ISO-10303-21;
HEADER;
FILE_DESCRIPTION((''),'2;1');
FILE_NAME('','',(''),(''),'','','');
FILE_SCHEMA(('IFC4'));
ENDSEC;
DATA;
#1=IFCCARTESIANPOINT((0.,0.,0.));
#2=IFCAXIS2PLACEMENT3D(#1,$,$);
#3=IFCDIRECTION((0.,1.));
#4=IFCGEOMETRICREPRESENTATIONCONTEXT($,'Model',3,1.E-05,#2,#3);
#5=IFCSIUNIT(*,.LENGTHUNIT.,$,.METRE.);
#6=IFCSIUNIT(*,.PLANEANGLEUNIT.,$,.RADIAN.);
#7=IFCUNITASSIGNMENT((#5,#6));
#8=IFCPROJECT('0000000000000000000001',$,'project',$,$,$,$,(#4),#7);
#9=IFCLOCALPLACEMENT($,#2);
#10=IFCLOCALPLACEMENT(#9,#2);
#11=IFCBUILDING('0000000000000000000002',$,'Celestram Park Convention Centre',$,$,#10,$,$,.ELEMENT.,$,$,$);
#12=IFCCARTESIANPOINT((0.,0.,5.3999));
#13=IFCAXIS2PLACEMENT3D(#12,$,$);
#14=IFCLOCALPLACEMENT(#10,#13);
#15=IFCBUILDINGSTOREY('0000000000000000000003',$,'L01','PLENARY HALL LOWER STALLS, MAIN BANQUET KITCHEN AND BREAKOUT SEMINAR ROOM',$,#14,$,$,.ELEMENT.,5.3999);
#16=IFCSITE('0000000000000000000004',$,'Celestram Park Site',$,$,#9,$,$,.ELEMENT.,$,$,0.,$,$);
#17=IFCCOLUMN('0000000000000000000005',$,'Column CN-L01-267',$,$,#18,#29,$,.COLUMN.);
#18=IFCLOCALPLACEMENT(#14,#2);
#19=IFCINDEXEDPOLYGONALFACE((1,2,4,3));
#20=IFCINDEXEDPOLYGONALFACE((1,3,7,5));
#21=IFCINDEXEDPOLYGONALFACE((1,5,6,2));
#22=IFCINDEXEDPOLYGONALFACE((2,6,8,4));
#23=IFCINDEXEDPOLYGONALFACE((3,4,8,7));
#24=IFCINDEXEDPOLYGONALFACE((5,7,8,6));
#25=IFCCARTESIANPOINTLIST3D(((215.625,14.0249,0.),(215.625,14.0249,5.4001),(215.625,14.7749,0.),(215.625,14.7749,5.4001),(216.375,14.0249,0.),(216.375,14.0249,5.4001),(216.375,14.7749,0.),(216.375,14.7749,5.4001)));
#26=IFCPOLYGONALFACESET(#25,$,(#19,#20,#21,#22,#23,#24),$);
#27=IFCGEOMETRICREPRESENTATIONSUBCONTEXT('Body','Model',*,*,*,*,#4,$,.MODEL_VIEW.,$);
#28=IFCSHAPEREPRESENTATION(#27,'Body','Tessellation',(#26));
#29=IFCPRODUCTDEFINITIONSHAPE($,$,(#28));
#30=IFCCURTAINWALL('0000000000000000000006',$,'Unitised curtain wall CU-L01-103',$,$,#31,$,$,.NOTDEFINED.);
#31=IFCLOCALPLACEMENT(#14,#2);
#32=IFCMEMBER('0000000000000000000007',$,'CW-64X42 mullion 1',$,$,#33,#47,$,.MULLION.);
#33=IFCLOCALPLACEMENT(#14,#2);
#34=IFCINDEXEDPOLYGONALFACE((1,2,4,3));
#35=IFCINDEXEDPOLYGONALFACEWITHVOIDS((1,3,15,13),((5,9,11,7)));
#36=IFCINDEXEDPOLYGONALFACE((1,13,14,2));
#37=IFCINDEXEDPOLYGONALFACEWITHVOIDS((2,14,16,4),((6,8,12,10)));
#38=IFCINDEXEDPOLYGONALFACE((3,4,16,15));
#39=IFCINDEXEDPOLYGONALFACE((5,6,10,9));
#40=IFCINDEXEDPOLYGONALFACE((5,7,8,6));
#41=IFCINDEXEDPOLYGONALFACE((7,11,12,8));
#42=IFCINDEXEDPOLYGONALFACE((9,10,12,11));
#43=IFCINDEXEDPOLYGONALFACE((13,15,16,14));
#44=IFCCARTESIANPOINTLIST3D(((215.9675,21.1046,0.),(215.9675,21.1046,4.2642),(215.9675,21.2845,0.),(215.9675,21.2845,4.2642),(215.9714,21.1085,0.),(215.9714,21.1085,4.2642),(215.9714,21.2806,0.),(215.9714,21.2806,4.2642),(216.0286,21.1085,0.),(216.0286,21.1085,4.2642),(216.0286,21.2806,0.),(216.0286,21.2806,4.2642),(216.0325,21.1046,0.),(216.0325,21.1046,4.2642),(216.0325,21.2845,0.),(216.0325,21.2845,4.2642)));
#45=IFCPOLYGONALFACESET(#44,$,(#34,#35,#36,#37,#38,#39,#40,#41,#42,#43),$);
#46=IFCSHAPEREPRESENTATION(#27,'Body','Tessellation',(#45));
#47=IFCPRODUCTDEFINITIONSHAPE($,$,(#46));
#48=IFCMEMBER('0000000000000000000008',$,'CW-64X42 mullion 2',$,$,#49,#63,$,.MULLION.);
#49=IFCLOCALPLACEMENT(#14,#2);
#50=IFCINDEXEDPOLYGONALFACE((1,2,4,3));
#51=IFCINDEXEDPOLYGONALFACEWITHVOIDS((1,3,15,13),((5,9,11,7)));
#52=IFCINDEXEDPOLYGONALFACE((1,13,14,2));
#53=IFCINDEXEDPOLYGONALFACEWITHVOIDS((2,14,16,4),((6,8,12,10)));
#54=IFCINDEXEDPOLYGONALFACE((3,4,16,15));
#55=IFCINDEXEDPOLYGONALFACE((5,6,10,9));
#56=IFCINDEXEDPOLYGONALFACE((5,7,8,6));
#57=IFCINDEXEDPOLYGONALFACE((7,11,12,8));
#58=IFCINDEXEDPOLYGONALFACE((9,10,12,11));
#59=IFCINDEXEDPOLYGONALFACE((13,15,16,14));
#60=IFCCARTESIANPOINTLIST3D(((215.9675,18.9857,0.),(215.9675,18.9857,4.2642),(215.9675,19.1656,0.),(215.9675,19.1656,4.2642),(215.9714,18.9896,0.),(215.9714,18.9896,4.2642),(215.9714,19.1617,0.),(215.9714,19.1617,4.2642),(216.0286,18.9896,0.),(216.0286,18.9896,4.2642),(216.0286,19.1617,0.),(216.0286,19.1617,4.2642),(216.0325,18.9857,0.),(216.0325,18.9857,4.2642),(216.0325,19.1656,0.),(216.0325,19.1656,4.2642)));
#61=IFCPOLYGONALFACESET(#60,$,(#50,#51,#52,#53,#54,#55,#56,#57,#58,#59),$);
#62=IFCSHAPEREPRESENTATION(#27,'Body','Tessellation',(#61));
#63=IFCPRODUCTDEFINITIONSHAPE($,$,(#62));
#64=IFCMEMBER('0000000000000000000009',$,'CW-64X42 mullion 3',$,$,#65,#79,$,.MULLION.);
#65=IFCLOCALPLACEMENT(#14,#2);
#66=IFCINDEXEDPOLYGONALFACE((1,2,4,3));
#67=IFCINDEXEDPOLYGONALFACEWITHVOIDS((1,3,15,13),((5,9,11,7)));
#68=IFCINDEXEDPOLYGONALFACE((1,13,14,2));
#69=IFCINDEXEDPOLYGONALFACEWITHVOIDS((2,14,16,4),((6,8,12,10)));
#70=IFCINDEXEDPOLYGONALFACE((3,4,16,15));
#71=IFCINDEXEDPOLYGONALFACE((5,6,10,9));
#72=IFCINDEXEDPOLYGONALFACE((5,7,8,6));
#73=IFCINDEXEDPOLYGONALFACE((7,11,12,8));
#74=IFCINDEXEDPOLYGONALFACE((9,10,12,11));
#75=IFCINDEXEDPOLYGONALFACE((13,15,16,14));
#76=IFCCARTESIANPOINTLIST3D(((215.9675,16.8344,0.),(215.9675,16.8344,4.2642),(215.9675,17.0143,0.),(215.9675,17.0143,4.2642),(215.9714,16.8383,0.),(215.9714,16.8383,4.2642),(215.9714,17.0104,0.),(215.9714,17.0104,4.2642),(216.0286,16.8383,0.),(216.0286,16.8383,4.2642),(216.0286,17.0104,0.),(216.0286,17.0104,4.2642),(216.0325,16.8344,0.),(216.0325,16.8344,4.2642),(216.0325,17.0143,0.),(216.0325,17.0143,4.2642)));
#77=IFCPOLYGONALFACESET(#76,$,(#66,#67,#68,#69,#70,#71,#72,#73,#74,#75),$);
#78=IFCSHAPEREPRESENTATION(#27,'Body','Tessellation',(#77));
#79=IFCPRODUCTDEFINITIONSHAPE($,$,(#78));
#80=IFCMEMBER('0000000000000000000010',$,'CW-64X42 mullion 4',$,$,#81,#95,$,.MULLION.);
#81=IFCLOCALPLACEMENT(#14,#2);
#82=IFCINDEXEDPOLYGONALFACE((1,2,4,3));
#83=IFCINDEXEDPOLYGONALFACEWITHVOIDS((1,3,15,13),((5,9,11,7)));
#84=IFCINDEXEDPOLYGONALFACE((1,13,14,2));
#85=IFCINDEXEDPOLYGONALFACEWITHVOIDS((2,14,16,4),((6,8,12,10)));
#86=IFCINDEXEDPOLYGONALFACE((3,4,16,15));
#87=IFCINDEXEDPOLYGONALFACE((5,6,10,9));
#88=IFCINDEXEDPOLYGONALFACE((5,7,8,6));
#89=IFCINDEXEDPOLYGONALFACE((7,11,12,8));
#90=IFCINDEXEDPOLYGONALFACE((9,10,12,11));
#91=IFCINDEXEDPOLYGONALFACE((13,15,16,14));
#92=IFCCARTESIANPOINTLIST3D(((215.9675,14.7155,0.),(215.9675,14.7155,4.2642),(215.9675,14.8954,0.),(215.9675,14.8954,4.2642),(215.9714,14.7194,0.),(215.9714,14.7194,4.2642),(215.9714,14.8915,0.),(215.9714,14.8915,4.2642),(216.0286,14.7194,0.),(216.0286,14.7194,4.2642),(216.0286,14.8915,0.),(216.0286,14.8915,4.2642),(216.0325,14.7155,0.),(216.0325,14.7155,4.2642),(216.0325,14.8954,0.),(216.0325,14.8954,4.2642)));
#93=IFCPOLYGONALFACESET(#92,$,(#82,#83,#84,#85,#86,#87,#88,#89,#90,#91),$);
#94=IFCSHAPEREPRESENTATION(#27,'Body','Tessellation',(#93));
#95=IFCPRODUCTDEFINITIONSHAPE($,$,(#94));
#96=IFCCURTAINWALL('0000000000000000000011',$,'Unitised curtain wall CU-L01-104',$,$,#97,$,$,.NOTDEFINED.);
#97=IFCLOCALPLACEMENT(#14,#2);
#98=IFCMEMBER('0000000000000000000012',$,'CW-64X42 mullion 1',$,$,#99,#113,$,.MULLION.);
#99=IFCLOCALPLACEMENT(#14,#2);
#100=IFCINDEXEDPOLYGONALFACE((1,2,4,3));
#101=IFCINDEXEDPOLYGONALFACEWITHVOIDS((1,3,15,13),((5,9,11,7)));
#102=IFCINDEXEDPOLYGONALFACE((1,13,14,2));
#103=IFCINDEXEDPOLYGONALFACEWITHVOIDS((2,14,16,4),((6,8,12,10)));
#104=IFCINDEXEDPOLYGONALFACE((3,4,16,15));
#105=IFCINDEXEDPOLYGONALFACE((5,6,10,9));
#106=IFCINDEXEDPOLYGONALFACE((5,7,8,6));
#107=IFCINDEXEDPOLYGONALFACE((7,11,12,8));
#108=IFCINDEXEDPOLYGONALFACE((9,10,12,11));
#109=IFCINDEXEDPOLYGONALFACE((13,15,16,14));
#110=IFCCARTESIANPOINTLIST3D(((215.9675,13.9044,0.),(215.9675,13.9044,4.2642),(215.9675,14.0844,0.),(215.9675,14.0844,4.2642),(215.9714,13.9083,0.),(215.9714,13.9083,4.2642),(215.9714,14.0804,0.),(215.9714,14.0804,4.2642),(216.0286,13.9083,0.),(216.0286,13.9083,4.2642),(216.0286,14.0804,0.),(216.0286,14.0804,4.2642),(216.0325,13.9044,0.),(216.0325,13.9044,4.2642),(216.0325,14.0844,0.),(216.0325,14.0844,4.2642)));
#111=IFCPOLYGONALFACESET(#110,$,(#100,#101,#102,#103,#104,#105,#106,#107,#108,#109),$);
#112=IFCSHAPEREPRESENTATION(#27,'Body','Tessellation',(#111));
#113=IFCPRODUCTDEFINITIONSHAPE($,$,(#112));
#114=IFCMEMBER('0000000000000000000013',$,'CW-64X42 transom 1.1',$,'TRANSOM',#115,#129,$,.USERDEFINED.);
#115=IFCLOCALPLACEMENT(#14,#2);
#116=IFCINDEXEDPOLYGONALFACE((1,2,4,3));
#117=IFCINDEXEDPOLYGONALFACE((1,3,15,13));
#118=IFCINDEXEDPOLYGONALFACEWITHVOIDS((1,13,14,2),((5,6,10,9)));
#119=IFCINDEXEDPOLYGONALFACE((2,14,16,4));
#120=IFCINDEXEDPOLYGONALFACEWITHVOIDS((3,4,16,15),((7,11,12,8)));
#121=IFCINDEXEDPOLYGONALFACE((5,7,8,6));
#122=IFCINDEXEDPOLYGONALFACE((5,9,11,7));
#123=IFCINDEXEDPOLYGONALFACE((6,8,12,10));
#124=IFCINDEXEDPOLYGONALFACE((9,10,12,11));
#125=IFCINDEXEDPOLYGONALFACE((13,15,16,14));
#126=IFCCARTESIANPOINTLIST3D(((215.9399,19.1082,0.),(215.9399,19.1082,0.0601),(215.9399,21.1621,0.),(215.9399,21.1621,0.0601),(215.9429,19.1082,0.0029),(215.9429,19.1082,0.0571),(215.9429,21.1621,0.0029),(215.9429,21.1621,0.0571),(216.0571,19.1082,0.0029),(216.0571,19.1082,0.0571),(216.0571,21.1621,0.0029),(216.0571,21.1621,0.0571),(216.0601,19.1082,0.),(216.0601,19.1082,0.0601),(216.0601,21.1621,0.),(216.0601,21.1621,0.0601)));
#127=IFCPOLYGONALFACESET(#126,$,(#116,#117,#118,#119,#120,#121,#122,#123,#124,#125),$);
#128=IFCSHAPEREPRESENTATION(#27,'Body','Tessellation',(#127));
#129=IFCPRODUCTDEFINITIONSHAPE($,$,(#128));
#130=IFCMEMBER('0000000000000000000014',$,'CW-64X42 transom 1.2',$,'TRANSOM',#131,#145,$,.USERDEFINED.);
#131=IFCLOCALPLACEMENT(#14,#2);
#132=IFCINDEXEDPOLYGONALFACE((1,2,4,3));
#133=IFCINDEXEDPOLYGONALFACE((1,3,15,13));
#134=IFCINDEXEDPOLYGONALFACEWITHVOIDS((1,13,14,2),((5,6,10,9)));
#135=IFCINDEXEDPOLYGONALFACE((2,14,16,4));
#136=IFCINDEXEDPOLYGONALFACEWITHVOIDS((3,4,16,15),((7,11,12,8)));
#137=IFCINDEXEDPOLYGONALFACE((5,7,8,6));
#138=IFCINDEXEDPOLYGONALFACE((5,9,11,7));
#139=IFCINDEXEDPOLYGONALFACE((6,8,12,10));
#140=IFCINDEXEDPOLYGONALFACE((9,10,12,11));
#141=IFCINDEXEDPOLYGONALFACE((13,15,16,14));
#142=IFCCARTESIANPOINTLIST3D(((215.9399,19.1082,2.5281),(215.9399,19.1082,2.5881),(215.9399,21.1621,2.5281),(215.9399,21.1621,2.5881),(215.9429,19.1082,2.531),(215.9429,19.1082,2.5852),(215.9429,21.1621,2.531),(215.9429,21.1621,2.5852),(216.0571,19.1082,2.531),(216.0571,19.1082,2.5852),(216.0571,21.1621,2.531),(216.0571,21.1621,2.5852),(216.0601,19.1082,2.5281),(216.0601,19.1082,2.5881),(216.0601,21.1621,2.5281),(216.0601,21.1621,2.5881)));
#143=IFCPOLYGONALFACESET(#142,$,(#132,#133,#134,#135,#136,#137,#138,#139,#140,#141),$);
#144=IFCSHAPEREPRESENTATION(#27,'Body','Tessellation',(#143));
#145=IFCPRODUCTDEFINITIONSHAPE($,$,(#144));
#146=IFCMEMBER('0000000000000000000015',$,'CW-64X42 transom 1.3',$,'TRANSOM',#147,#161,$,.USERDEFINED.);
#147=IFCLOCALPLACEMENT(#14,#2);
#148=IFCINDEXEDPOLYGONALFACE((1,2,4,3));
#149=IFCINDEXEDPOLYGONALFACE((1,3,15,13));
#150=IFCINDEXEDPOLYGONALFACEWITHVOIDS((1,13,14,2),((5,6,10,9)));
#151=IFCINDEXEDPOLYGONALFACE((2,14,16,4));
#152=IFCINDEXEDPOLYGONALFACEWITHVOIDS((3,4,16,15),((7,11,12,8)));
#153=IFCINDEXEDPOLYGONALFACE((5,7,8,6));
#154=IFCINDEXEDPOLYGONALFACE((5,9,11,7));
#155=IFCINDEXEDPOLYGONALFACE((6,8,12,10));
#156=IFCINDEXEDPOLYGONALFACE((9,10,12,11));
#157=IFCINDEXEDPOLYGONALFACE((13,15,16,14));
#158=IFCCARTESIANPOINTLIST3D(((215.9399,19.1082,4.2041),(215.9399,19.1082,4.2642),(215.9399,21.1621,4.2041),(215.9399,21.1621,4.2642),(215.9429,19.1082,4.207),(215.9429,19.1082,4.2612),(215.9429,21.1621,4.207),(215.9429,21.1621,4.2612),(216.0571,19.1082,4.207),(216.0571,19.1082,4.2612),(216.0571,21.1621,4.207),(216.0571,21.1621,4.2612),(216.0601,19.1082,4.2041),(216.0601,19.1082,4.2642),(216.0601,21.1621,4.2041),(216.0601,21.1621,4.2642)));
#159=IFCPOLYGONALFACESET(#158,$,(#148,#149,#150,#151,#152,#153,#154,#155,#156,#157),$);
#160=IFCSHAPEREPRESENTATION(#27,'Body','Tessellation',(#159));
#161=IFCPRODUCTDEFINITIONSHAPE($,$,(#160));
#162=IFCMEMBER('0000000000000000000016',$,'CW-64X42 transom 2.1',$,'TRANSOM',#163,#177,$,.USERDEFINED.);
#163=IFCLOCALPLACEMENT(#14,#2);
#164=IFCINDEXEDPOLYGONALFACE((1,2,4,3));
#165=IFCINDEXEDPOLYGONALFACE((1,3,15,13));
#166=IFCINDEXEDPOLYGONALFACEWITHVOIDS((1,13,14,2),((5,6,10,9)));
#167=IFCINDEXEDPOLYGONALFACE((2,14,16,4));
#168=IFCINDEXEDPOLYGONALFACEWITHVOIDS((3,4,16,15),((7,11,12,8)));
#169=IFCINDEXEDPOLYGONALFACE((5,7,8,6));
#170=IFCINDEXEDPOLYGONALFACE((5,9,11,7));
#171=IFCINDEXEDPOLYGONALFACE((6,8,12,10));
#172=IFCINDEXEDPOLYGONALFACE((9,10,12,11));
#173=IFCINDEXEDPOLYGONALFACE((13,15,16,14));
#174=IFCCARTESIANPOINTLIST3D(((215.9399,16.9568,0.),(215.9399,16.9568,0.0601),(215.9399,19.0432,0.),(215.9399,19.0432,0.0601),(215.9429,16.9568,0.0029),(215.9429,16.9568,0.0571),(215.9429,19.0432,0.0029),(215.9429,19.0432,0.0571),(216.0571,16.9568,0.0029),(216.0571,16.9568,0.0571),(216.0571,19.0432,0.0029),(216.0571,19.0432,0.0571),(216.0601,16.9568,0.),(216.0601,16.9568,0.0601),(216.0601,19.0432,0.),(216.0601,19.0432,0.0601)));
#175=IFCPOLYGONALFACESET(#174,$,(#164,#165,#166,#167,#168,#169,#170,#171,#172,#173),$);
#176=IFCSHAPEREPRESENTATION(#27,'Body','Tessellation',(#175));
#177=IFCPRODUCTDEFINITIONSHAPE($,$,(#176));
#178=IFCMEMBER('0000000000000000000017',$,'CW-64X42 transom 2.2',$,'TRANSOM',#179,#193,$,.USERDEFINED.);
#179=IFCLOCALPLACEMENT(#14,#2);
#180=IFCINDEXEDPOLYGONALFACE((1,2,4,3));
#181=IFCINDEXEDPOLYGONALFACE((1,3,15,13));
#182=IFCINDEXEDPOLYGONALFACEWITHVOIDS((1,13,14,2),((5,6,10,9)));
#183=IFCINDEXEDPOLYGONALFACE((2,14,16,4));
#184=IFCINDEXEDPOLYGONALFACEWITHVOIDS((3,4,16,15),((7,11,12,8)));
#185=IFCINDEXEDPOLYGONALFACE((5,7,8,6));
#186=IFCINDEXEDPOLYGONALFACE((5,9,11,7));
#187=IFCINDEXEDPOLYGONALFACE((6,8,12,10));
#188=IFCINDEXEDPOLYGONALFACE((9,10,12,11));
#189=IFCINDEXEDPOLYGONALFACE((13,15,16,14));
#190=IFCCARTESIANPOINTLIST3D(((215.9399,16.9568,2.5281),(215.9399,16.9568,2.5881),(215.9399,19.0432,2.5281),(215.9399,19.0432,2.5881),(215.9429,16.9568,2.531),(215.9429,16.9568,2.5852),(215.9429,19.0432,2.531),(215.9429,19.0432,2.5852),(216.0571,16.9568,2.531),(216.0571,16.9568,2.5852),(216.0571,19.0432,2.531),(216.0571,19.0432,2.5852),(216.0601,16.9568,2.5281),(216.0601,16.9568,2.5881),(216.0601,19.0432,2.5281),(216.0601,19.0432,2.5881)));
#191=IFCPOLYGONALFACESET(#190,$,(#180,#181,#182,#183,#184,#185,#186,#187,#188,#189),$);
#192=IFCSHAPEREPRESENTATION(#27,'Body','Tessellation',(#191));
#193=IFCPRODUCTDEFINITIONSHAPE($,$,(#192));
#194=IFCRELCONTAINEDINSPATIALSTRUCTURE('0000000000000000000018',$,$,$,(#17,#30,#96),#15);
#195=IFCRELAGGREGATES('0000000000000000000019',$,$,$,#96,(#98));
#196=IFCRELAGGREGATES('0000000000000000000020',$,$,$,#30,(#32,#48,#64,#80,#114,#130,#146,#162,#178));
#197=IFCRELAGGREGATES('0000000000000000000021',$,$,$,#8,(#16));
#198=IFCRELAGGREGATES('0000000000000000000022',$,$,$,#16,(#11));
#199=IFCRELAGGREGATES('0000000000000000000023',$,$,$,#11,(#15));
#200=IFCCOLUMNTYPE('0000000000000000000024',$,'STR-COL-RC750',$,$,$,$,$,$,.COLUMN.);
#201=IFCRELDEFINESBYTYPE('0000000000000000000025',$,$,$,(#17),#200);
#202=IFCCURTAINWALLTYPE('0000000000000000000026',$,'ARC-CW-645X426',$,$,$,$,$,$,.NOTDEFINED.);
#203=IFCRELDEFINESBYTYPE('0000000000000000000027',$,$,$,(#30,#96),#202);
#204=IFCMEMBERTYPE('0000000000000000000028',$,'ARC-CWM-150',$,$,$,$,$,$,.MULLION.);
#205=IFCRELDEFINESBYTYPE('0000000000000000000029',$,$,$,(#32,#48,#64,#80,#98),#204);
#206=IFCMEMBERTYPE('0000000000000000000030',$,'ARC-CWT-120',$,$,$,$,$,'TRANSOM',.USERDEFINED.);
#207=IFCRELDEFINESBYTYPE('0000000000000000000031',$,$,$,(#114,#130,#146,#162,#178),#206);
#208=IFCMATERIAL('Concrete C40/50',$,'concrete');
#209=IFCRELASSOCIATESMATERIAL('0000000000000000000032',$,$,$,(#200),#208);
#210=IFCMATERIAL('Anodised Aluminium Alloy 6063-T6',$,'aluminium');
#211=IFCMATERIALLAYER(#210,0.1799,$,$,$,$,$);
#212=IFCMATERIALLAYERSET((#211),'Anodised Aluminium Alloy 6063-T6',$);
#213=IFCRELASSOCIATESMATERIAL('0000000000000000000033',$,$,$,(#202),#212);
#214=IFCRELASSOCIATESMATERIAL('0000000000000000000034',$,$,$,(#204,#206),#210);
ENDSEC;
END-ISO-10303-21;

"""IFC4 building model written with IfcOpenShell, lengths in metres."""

from ifc_helpers import new_model, si_unit, direction, frame, origin, origin_2d, place, context, subcontext, project, spatial, rectangle, hollow_rectangle, extrude, material, layer, layer_set, material_profile, profile_set, type_object, element, aggregate, save


model = new_model("IFC4")

# Units and contexts
model_context = context("Model", 3, precision=1e-05, world=origin(), true_north=direction((0.0, 1.0)))
body_context = subcontext(model_context, "Body", "Model", "MODEL_VIEW")
ifc_project = project(units=[si_unit("LENGTHUNIT", "METRE"), si_unit("PLANEANGLEUNIT", "RADIAN")], contexts=[model_context])

# Site, building, storey
site_placement = place(None, origin())
site = spatial("IfcSite", under=ifc_project, at=site_placement, Name="Celestram Park Site", CompositionType="ELEMENT", RefElevation=0.0)
building_placement = place(site_placement, origin())
building = spatial("IfcBuilding", under=site, at=building_placement, Name="Celestram Park Convention Centre", CompositionType="ELEMENT")
storey_placement = place(building_placement, frame((0.0, 0.0, 5.3999)))
storey = spatial("IfcBuildingStorey", under=building, at=storey_placement, Name="L01", Description="PLENARY HALL LOWER STALLS, MAIN BANQUET KITCHEN AND BREAKOUT SEMINAR ROOM", CompositionType="ELEMENT", Elevation=5.3999)

# Column
ifc_material_1 = material(Name="Concrete C40/50", Category="concrete")
ifc_material_profile_1 = material_profile(ifc_material_1, rectangle(XDim=0.75, YDim=0.75, at=origin_2d()), Name="RC750X750")
ifc_profile_set_1 = profile_set([ifc_material_profile_1], Name="Concrete C40/50")
column_type = type_object("IfcColumnType", Name="STR-COL-RC750", PredefinedType="COLUMN", material=ifc_profile_set_1)
column_placement = place(storey_placement, frame((216.0, 14.3999, 0.0), z_axis=(0.0, 0.0, 1.0), x_axis=(1.0, 0.0, 0.0)))
element("IfcColumn", 1, at=column_placement, inside=storey, type_object=column_type, Name="Column CN-L01-267", PredefinedType="COLUMN", context=body_context, shape_type="SweptSolid", body=[
    extrude(rectangle(XDim=0.75, YDim=0.75, at=origin_2d()), origin(), (0.0, 0.0, 1.0), 5.4001),
])

# Curtain wall, members
ifc_material_2 = material(Name="Anodised Aluminium Alloy 6063-T6", Category="aluminium")
ifc_layer_1 = layer(ifc_material_2, 0.1799)
ifc_layer_set_1 = layer_set([ifc_layer_1], Name="Anodised Aluminium Alloy 6063-T6")
curtain_wall_type = type_object("IfcCurtainWallType", Name="ARC-CW-645X426", PredefinedType="NOTDEFINED", material=ifc_layer_set_1)
curtain_wall_1_placement = place(storey_placement, origin())
curtain_wall_1 = element("IfcCurtainWall", 2, at=curtain_wall_1_placement, inside=storey, type_object=curtain_wall_type, Name="Unitised curtain wall CU-L01-103", PredefinedType="NOTDEFINED")
ifc_material_profile_2 = material_profile(ifc_material_2, hollow_rectangle(XDim=0.0649, YDim=0.1799, WallThickness=0.0039, at=origin_2d()), Name="ALU65X180X4")
ifc_profile_set_2 = profile_set([ifc_material_profile_2], Name="Anodised Aluminium Alloy 6063-T6")
member_type_1 = type_object("IfcMemberType", Name="ARC-CWM-150", PredefinedType="MULLION", material=ifc_profile_set_2)
member_1_placement = place(storey_placement, frame((216.0, 21.1946, 0.0), z_axis=(0.0, 0.0, 1.0), x_axis=(1.0, 0.0, 0.0)))
member_1 = element("IfcMember", 3, at=member_1_placement, type_object=member_type_1, Name="CW-64X42 mullion 1", PredefinedType="MULLION", context=body_context, shape_type="SweptSolid", body=[
    extrude(hollow_rectangle(XDim=0.0649, YDim=0.1799, WallThickness=0.0039, at=origin_2d()), origin(), (0.0, 0.0, 1.0), 4.2642),
])
member_2_placement = place(storey_placement, frame((216.0, 19.0757, 0.0), z_axis=(0.0, 0.0, 1.0), x_axis=(1.0, 0.0, 0.0)))
member_2 = element("IfcMember", 4, at=member_2_placement, type_object=member_type_1, Name="CW-64X42 mullion 2", PredefinedType="MULLION", context=body_context, shape_type="SweptSolid", body=[
    extrude(hollow_rectangle(XDim=0.0649, YDim=0.1799, WallThickness=0.0039, at=origin_2d()), origin(), (0.0, 0.0, 1.0), 4.2642),
])
member_3_placement = place(storey_placement, frame((216.0, 16.9243, 0.0), z_axis=(0.0, 0.0, 1.0), x_axis=(1.0, 0.0, 0.0)))
member_3 = element("IfcMember", 5, at=member_3_placement, type_object=member_type_1, Name="CW-64X42 mullion 3", PredefinedType="MULLION", context=body_context, shape_type="SweptSolid", body=[
    extrude(hollow_rectangle(XDim=0.0649, YDim=0.1799, WallThickness=0.0039, at=origin_2d()), origin(), (0.0, 0.0, 1.0), 4.2642),
])
member_4_placement = place(storey_placement, frame((216.0, 14.8054, 0.0), z_axis=(0.0, 0.0, 1.0), x_axis=(1.0, 0.0, 0.0)))
member_4 = element("IfcMember", 6, at=member_4_placement, type_object=member_type_1, Name="CW-64X42 mullion 4", PredefinedType="MULLION", context=body_context, shape_type="SweptSolid", body=[
    extrude(hollow_rectangle(XDim=0.0649, YDim=0.1799, WallThickness=0.0039, at=origin_2d()), origin(), (0.0, 0.0, 1.0), 4.2642),
])

# Curtain wall, member
curtain_wall_2_placement = place(storey_placement, origin())
curtain_wall_2 = element("IfcCurtainWall", 7, at=curtain_wall_2_placement, inside=storey, type_object=curtain_wall_type, Name="Unitised curtain wall CU-L01-104", PredefinedType="NOTDEFINED")
member_5_placement = place(storey_placement, frame((216.0, 13.9944, 0.0), z_axis=(0.0, 0.0, 1.0), x_axis=(1.0, 0.0, 0.0)))
member_5 = element("IfcMember", 8, at=member_5_placement, type_object=member_type_1, Name="CW-64X42 mullion 1", PredefinedType="MULLION", context=body_context, shape_type="SweptSolid", body=[
    extrude(hollow_rectangle(XDim=0.0649, YDim=0.1799, WallThickness=0.0039, at=origin_2d()), origin(), (0.0, 0.0, 1.0), 4.2642),
])

# Members
ifc_material_profile_3 = material_profile(ifc_material_2, hollow_rectangle(XDim=0.1201, YDim=0.0601, WallThickness=0.0029, at=origin_2d()), Name="ALU120X60X3")
ifc_profile_set_3 = profile_set([ifc_material_profile_3], Name="Anodised Aluminium Alloy 6063-T6")
member_type_2 = type_object("IfcMemberType", Name="ARC-CWT-120", ElementType="TRANSOM", PredefinedType="USERDEFINED", material=ifc_profile_set_3)
member_6_placement = place(storey_placement, frame((216.0, 21.1621, 0.03), z_axis=(0.0, -1.0, 0.0), x_axis=(1.0, 0.0, 0.0)))
member_6 = element("IfcMember", 9, at=member_6_placement, type_object=member_type_2, Name="CW-64X42 transom 1.1", ObjectType="TRANSOM", PredefinedType="USERDEFINED", context=body_context, shape_type="SweptSolid", body=[
    extrude(hollow_rectangle(XDim=0.1201, YDim=0.0601, WallThickness=0.0029, at=origin_2d()), origin(), (0.0, 0.0, 1.0), 2.054),
])
member_7_placement = place(storey_placement, frame((216.0, 21.1621, 2.5581), z_axis=(0.0, -1.0, 0.0), x_axis=(1.0, 0.0, 0.0)))
member_7 = element("IfcMember", 10, at=member_7_placement, type_object=member_type_2, Name="CW-64X42 transom 1.2", ObjectType="TRANSOM", PredefinedType="USERDEFINED", context=body_context, shape_type="SweptSolid", body=[
    extrude(hollow_rectangle(XDim=0.1201, YDim=0.0601, WallThickness=0.0029, at=origin_2d()), origin(), (0.0, 0.0, 1.0), 2.054),
])
member_8_placement = place(storey_placement, frame((216.0, 21.1621, 4.2341), z_axis=(0.0, -1.0, 0.0), x_axis=(1.0, 0.0, 0.0)))
member_8 = element("IfcMember", 11, at=member_8_placement, type_object=member_type_2, Name="CW-64X42 transom 1.3", ObjectType="TRANSOM", PredefinedType="USERDEFINED", context=body_context, shape_type="SweptSolid", body=[
    extrude(hollow_rectangle(XDim=0.1201, YDim=0.0601, WallThickness=0.0029, at=origin_2d()), origin(), (0.0, 0.0, 1.0), 2.054),
])
member_9_placement = place(storey_placement, frame((216.0, 19.0432, 0.03), z_axis=(0.0, -1.0, 0.0), x_axis=(1.0, 0.0, 0.0)))
member_9 = element("IfcMember", 12, at=member_9_placement, type_object=member_type_2, Name="CW-64X42 transom 2.1", ObjectType="TRANSOM", PredefinedType="USERDEFINED", context=body_context, shape_type="SweptSolid", body=[
    extrude(hollow_rectangle(XDim=0.1201, YDim=0.0601, WallThickness=0.0029, at=origin_2d()), origin(), (0.0, 0.0, 1.0), 2.0864),
])
member_10_placement = place(storey_placement, frame((216.0, 19.0432, 2.5581), z_axis=(0.0, -1.0, 0.0), x_axis=(1.0, 0.0, 0.0)))
member_10 = element("IfcMember", 13, at=member_10_placement, type_object=member_type_2, Name="CW-64X42 transom 2.2", ObjectType="TRANSOM", PredefinedType="USERDEFINED", context=body_context, shape_type="SweptSolid", body=[
    extrude(hollow_rectangle(XDim=0.1201, YDim=0.0601, WallThickness=0.0029, at=origin_2d()), origin(), (0.0, 0.0, 1.0), 2.0864),
])
aggregate(curtain_wall_2, [member_5])

aggregate(curtain_wall_1, [member_1, member_2, member_3, member_4, member_6, member_7, member_8, member_9, member_10])

save(model, "model.ifc")
